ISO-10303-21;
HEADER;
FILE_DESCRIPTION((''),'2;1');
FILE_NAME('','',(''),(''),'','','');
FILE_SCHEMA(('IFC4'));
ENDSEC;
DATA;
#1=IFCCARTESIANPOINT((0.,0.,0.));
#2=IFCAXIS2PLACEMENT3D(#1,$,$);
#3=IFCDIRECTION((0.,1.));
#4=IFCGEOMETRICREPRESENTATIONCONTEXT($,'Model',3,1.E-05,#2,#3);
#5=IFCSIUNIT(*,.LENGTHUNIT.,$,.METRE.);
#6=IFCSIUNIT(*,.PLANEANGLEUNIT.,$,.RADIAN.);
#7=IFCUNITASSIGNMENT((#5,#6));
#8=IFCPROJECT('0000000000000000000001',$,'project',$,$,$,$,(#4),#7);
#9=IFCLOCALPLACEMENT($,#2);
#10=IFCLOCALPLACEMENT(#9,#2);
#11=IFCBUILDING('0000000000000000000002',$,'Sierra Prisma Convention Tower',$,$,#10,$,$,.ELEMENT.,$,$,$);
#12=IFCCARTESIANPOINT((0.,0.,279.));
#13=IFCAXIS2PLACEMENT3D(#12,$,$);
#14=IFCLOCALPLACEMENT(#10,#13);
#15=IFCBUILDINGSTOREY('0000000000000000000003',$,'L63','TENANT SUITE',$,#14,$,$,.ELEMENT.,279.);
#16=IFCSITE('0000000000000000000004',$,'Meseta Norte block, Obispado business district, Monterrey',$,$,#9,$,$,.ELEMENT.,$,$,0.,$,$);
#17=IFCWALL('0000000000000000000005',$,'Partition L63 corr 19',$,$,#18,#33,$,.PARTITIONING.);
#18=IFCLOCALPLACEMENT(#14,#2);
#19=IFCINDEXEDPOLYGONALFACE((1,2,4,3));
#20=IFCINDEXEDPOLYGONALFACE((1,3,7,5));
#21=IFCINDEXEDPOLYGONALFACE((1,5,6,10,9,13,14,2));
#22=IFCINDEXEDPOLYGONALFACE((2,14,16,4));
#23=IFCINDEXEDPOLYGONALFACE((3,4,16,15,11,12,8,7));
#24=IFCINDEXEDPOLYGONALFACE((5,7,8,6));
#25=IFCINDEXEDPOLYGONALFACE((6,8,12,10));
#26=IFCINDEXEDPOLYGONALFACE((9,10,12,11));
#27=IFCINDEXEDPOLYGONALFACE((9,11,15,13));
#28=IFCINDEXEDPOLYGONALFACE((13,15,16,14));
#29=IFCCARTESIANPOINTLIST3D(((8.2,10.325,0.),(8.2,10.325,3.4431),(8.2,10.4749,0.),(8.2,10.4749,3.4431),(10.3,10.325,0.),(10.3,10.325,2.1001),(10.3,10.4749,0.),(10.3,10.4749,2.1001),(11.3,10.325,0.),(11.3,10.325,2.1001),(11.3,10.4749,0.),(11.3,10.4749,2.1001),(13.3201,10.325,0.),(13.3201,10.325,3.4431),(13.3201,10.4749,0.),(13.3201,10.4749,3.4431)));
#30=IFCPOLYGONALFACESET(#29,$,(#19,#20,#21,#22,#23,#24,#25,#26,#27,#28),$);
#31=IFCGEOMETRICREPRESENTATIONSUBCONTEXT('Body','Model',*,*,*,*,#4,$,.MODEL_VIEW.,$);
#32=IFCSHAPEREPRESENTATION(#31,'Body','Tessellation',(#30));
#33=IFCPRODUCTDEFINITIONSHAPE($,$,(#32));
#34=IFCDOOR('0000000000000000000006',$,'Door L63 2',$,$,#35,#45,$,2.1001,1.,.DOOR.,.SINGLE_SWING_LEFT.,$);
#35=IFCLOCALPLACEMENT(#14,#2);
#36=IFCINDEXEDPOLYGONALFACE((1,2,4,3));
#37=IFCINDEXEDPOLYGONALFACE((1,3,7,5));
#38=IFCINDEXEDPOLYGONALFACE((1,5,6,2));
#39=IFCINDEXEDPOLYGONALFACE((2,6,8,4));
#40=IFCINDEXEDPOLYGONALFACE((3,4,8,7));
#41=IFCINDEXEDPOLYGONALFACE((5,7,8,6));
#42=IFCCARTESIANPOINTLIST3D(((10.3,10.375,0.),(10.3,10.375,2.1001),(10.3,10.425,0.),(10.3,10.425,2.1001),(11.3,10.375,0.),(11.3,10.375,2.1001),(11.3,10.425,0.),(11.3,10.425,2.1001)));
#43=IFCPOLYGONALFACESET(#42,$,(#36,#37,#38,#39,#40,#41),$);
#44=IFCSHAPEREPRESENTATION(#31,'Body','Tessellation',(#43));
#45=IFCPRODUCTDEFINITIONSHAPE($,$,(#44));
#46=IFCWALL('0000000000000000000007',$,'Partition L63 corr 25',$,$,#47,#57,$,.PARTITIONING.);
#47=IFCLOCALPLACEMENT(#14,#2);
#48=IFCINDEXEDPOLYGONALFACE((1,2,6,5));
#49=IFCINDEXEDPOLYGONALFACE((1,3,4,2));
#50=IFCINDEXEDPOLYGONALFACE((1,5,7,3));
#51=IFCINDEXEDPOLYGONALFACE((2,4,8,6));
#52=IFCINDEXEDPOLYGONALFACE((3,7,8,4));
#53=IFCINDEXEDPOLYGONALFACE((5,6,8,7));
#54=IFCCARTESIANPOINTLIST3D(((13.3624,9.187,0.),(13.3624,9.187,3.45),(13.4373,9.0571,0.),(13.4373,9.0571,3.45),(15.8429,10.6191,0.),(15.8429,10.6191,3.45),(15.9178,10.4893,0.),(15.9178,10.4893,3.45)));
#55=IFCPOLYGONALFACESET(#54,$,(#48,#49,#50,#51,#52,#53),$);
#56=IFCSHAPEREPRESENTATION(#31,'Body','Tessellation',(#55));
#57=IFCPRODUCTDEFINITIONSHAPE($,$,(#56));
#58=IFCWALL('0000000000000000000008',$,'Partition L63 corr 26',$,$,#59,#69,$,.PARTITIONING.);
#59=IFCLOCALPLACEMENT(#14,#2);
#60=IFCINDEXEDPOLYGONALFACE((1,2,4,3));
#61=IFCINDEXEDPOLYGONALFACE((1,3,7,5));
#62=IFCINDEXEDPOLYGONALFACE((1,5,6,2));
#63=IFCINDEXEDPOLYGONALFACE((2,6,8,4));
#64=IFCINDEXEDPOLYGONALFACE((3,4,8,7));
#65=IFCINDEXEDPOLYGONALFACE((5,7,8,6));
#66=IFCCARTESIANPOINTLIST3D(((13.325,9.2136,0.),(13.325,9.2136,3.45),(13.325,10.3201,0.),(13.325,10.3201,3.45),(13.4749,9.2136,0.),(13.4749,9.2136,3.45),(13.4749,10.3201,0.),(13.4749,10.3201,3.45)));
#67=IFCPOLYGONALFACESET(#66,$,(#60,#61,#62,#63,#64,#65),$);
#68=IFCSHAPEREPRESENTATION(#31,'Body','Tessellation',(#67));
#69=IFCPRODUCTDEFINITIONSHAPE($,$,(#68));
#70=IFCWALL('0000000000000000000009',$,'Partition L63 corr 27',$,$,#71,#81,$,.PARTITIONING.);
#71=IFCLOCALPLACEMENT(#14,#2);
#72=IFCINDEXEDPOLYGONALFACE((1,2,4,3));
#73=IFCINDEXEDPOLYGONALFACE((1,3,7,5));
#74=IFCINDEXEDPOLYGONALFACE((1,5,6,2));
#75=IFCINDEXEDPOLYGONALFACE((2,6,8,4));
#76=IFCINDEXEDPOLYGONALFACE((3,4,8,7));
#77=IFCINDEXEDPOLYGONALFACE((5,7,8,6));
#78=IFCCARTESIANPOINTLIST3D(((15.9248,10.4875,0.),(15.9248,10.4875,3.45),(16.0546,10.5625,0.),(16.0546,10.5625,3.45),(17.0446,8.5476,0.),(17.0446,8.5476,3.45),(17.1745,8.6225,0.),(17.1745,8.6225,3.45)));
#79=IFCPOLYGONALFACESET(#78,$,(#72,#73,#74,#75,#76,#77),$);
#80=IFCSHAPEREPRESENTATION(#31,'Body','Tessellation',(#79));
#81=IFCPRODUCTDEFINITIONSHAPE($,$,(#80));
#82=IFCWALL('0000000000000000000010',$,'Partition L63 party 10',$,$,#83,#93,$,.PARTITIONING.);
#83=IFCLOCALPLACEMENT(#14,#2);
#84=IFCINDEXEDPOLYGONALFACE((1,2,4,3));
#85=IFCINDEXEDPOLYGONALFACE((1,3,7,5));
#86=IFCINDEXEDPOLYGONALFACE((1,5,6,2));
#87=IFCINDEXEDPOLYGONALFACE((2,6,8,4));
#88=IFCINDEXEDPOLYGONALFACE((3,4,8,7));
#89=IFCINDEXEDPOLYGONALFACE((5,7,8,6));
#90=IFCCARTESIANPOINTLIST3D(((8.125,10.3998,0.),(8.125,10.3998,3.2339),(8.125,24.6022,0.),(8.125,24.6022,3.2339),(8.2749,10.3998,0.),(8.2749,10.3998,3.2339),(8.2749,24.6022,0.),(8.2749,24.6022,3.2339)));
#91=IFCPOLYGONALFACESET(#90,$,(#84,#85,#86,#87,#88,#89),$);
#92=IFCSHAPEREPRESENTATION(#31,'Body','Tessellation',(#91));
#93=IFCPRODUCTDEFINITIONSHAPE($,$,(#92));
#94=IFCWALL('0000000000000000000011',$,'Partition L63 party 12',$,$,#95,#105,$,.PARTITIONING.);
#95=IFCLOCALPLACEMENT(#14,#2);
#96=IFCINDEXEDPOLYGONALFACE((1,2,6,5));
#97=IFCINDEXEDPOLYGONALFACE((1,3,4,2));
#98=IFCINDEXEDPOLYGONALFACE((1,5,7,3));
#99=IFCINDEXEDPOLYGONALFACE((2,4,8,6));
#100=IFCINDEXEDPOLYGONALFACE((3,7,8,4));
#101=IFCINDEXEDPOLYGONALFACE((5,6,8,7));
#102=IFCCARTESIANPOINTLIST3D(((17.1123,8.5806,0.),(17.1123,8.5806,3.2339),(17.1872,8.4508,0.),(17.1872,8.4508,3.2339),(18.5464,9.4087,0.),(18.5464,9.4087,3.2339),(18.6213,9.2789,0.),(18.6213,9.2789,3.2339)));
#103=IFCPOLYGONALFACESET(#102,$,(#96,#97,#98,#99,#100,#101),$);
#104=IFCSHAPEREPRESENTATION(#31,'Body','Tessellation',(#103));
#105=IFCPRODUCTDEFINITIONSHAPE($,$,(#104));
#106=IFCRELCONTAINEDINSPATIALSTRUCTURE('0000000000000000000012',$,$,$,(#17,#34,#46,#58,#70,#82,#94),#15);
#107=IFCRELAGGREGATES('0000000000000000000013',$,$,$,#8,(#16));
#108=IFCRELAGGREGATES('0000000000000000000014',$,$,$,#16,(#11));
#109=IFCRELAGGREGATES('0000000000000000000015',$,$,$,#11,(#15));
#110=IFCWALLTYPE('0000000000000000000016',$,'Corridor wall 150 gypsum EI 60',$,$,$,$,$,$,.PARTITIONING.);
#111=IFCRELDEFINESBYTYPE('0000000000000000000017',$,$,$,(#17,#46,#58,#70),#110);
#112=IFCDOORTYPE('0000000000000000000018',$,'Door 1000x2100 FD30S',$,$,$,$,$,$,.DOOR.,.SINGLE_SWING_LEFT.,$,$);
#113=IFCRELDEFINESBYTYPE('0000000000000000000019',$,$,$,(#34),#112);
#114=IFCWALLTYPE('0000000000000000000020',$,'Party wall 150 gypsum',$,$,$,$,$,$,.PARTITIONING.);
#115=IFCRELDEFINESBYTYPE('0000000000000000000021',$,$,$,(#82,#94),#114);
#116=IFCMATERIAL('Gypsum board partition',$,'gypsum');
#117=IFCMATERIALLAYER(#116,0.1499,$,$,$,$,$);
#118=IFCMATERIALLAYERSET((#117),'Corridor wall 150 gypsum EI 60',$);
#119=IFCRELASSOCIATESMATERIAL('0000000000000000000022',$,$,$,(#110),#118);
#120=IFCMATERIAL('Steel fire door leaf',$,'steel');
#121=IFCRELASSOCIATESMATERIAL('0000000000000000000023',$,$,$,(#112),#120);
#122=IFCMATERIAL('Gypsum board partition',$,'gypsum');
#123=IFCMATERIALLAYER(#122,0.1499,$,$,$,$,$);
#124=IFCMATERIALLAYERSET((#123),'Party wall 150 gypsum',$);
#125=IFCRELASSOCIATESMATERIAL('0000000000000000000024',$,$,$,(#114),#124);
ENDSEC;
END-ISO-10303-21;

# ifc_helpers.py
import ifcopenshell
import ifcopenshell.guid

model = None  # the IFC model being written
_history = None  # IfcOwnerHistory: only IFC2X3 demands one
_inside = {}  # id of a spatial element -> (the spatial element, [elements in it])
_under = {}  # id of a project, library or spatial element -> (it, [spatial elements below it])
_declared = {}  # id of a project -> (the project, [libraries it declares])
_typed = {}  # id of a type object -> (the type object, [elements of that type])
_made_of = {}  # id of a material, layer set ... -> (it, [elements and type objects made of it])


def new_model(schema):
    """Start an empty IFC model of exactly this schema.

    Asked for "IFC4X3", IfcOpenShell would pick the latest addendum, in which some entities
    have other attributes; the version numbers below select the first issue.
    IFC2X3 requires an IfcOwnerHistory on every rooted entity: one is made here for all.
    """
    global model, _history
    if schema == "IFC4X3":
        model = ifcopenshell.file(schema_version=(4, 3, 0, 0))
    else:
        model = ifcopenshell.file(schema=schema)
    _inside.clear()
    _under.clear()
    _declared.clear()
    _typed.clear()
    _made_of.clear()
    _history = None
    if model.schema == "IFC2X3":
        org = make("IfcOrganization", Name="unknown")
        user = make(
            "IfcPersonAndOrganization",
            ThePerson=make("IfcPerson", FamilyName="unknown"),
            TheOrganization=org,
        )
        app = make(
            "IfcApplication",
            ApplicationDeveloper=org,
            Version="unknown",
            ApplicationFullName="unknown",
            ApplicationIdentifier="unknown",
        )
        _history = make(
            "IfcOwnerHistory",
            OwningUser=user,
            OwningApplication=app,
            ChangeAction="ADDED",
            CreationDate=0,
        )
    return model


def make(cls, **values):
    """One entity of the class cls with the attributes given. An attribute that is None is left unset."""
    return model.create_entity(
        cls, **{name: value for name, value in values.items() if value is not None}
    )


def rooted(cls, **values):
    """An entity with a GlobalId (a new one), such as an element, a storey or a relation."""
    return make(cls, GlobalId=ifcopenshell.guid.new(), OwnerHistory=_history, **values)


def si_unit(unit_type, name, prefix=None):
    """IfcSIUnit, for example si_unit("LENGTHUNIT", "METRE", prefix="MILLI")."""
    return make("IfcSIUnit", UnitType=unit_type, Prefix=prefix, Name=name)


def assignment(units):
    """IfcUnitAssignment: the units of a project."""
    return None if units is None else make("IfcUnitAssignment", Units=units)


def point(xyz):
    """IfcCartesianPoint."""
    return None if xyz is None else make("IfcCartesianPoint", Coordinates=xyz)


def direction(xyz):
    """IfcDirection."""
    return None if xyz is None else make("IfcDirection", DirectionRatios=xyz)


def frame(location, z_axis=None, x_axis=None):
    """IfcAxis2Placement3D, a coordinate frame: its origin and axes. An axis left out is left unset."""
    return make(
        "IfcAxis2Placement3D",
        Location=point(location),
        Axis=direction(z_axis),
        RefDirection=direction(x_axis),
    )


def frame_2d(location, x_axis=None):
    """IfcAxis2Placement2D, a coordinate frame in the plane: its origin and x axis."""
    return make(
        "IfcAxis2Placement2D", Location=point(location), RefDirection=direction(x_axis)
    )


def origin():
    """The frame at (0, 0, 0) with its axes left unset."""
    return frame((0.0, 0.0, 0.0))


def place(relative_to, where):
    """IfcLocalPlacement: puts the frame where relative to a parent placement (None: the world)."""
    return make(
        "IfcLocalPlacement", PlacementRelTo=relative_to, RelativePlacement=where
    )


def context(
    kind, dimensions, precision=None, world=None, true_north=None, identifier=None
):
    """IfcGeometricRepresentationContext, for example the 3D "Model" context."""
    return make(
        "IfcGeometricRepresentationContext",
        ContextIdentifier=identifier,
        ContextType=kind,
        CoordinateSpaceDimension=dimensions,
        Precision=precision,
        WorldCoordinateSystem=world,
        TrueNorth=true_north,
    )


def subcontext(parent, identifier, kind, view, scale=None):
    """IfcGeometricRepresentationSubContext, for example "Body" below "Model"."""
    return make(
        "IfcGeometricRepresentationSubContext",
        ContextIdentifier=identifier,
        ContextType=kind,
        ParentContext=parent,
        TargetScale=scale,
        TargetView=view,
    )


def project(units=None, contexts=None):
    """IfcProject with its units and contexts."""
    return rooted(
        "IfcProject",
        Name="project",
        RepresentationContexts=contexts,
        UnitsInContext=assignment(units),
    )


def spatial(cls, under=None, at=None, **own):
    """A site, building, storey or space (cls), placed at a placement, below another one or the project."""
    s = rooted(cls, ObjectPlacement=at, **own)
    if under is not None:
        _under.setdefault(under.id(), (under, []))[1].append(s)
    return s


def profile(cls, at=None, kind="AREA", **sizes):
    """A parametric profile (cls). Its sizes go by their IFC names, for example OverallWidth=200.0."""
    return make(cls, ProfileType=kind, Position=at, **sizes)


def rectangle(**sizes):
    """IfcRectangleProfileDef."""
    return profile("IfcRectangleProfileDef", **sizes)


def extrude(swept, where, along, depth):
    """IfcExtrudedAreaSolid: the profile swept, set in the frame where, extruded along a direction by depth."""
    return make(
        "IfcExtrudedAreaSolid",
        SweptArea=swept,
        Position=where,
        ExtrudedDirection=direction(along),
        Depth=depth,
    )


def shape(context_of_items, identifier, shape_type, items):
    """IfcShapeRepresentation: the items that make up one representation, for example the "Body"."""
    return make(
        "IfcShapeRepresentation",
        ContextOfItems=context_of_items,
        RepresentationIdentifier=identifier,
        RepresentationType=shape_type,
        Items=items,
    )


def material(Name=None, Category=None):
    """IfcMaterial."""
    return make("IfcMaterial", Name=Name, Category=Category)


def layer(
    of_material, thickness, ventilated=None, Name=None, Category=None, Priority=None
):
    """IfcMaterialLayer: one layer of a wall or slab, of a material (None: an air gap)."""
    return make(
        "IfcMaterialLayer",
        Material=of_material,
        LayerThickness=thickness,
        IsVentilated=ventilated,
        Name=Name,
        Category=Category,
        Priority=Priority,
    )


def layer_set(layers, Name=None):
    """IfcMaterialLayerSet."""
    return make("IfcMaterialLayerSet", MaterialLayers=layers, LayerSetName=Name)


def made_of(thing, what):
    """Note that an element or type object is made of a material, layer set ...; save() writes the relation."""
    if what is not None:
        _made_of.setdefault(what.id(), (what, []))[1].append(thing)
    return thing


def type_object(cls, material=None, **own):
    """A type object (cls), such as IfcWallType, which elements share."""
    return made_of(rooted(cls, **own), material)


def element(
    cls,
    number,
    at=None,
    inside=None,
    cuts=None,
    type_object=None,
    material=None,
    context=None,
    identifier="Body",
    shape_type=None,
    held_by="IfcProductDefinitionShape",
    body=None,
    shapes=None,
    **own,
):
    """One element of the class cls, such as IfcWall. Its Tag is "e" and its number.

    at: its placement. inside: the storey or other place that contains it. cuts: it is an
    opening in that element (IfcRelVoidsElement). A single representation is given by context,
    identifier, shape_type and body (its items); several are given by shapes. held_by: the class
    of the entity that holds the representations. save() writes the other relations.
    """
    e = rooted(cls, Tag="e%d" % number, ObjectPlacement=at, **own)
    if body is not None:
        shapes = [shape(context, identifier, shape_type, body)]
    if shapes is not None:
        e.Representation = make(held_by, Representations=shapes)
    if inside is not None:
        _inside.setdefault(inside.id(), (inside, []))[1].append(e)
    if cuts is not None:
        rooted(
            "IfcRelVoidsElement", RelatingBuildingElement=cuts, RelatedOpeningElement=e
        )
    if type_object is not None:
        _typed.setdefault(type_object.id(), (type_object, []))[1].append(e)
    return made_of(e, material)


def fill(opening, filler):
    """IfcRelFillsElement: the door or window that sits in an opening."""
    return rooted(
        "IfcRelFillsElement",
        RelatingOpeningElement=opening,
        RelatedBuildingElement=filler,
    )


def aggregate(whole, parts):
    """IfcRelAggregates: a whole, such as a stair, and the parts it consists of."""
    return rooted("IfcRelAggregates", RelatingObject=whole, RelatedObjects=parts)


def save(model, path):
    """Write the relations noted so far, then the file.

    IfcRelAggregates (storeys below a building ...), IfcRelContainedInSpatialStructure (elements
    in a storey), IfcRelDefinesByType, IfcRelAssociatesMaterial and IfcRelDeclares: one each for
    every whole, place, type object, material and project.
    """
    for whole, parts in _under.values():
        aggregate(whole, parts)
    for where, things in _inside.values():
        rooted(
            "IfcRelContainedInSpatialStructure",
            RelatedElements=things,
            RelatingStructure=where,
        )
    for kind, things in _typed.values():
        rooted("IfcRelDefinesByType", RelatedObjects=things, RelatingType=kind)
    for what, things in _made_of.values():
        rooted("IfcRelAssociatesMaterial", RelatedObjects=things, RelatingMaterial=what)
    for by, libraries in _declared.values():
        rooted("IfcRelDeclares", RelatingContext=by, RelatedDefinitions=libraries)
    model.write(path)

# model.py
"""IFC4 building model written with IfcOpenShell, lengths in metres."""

from ifc_helpers import new_model, si_unit, direction, frame, frame_2d, origin, place, context, subcontext, project, spatial, rectangle, extrude, material, layer, layer_set, type_object, element, fill, save


model = new_model("IFC4")

# Units and contexts
model_context = context("Model", 3, precision=1e-05, world=origin(), true_north=direction((0.0, 1.0)))
body_context = subcontext(model_context, "Body", "Model", "MODEL_VIEW")
ifc_project = project(units=[si_unit("LENGTHUNIT", "METRE"), si_unit("PLANEANGLEUNIT", "RADIAN")], contexts=[model_context])

# Site, building, storey
site_placement = place(None, origin())
site = spatial("IfcSite", under=ifc_project, at=site_placement, Name="Meseta Norte block, Obispado business district, Monterrey", CompositionType="ELEMENT", RefElevation=0.0)
building_placement = place(site_placement, origin())
building = spatial("IfcBuilding", under=site, at=building_placement, Name="Sierra Prisma Convention Tower", CompositionType="ELEMENT")
storey_placement = place(building_placement, frame((0.0, 0.0, 279.0)))
storey = spatial("IfcBuildingStorey", under=building, at=storey_placement, Name="L63", Description="TENANT SUITE", CompositionType="ELEMENT", Elevation=279.0)

# Shared definitions
ifc_material_1 = material(Name="Gypsum board partition", Category="gypsum")
ifc_layer_1 = layer(ifc_material_1, 0.1499)
ifc_layer_set_1 = layer_set([ifc_layer_1], Name="Corridor wall 150 gypsum EI 60")
wall_type_1 = type_object("IfcWallType", Name="Corridor wall 150 gypsum EI 60", PredefinedType="PARTITIONING", material=ifc_layer_set_1)

# Shared definitions
ifc_material_2 = material(Name="Steel fire door leaf", Category="steel")
door_type_1 = type_object("IfcDoorType", Name="Door 1000x2100 FD30S", OperationType="SINGLE_SWING_LEFT", PredefinedType="DOOR", material=ifc_material_2)

# Wall, opening, door
wall_1_placement = place(storey_placement, frame((13.3201, 10.3999, 0.0), z_axis=(0.0, 0.0, 1.0), x_axis=(-1.0, 0.0, 0.0)))
wall_1 = element("IfcWall", 1, at=wall_1_placement, inside=storey, type_object=wall_type_1, Name="Partition L63 corr 19", PredefinedType="PARTITIONING", context=body_context, shape_type="SweptSolid", body=[
    extrude(rectangle(XDim=5.1201, YDim=0.1499, at=frame_2d((2.5601, 0.0))), origin(), (0.0, 0.0, 1.0), 3.4431),
])
opening_1_placement = place(wall_1_placement, frame((2.02, 0.0, 0.0)))
opening_1 = element("IfcOpeningElement", 2, at=opening_1_placement, cuts=wall_1, PredefinedType="OPENING", context=body_context, shape_type="SweptSolid", body=[
    extrude(rectangle(XDim=1.0, YDim=2.1001, at=frame_2d((0.5, 1.05))), frame((0.0, 0.075, 0.0), z_axis=(0.0, -1.0, 0.0), x_axis=(1.0, 0.0, 0.0)), (0.0, 0.0, 1.0), 0.1499),
])
door_1_placement = place(opening_1_placement, origin())
door_1 = element("IfcDoor", 3, at=door_1_placement, inside=storey, type_object=door_type_1, Name="Door L63 2", OperationType="SINGLE_SWING_LEFT", OverallHeight=2.1001, OverallWidth=1.0, PredefinedType="DOOR", context=body_context, shape_type="SweptSolid", body=[
    extrude(rectangle(XDim=1.0, YDim=2.1001, at=frame_2d((0.5, 1.05))), frame((0.0, 0.0249, 0.0), z_axis=(0.0, -1.0, 0.0), x_axis=(1.0, 0.0, 0.0)), (0.0, 0.0, 1.0), 0.05),
])
fill(opening_1, door_1)

# Walls
wall_2_placement = place(storey_placement, frame((15.8804, 10.5542, 0.0), z_axis=(0.0, 0.0, 1.0), x_axis=(-0.866021, -0.500008, 0.0)))
element("IfcWall", 4, at=wall_2_placement, inside=storey, type_object=wall_type_1, Name="Partition L63 corr 25", PredefinedType="PARTITIONING", context=body_context, shape_type="SweptSolid", body=[
    extrude(rectangle(XDim=2.8643, YDim=0.1499, at=frame_2d((1.4321, 0.0))), origin(), (0.0, 0.0, 1.0), 3.45),
])
wall_3_placement = place(storey_placement, frame((13.3999, 9.2136, 0.0), z_axis=(0.0, 0.0, 1.0), x_axis=(0.0, 1.0, 0.0)))
element("IfcWall", 5, at=wall_3_placement, inside=storey, type_object=wall_type_1, Name="Partition L63 corr 26", PredefinedType="PARTITIONING", context=body_context, shape_type="SweptSolid", body=[
    extrude(rectangle(XDim=1.1064, YDim=0.1499, at=frame_2d((0.5532, 0.0))), origin(), (0.0, 0.0, 1.0), 3.45),
])
wall_4_placement = place(storey_placement, frame((17.1096, 8.585, 0.0), z_axis=(0.0, 0.0, 1.0), x_axis=(-0.499949, 0.866055, 0.0)))
element("IfcWall", 6, at=wall_4_placement, inside=storey, type_object=wall_type_1, Name="Partition L63 corr 27", PredefinedType="PARTITIONING", context=body_context, shape_type="SweptSolid", body=[
    extrude(rectangle(XDim=2.24, YDim=0.1499, at=frame_2d((1.1201, 0.0))), origin(), (0.0, 0.0, 1.0), 3.45),
])
ifc_material_3 = material(Name="Gypsum board partition", Category="gypsum")
ifc_layer_2 = layer(ifc_material_3, 0.1499)
ifc_layer_set_2 = layer_set([ifc_layer_2], Name="Party wall 150 gypsum")
wall_type_2 = type_object("IfcWallType", Name="Party wall 150 gypsum", PredefinedType="PARTITIONING", material=ifc_layer_set_2)
wall_5_placement = place(storey_placement, frame((8.2, 10.3999, 0.0), z_axis=(0.0, 0.0, 1.0), x_axis=(0.0, 1.0, 0.0)))
element("IfcWall", 7, at=wall_5_placement, inside=storey, type_object=wall_type_2, Name="Partition L63 party 10", PredefinedType="PARTITIONING", context=body_context, shape_type="SweptSolid", body=[
    extrude(rectangle(XDim=14.2024, YDim=0.1499, at=frame_2d((7.1011, 0.0))), origin(), (0.0, 0.0, 1.0), 3.2339),
])
wall_6_placement = place(storey_placement, frame((17.1497, 8.5156, 0.0), z_axis=(0.0, 0.0, 1.0), x_axis=(0.865984, 0.500071, 0.0)))
element("IfcWall", 8, at=wall_6_placement, inside=storey, type_object=wall_type_2, Name="Partition L63 party 12", PredefinedType="PARTITIONING", context=body_context, shape_type="SweptSolid", body=[
    extrude(rectangle(XDim=1.656, YDim=0.1499, at=frame_2d((0.8281, 0.0))), origin(), (0.0, 0.0, 1.0), 3.2339),
])

save(model, "model.ifc")
